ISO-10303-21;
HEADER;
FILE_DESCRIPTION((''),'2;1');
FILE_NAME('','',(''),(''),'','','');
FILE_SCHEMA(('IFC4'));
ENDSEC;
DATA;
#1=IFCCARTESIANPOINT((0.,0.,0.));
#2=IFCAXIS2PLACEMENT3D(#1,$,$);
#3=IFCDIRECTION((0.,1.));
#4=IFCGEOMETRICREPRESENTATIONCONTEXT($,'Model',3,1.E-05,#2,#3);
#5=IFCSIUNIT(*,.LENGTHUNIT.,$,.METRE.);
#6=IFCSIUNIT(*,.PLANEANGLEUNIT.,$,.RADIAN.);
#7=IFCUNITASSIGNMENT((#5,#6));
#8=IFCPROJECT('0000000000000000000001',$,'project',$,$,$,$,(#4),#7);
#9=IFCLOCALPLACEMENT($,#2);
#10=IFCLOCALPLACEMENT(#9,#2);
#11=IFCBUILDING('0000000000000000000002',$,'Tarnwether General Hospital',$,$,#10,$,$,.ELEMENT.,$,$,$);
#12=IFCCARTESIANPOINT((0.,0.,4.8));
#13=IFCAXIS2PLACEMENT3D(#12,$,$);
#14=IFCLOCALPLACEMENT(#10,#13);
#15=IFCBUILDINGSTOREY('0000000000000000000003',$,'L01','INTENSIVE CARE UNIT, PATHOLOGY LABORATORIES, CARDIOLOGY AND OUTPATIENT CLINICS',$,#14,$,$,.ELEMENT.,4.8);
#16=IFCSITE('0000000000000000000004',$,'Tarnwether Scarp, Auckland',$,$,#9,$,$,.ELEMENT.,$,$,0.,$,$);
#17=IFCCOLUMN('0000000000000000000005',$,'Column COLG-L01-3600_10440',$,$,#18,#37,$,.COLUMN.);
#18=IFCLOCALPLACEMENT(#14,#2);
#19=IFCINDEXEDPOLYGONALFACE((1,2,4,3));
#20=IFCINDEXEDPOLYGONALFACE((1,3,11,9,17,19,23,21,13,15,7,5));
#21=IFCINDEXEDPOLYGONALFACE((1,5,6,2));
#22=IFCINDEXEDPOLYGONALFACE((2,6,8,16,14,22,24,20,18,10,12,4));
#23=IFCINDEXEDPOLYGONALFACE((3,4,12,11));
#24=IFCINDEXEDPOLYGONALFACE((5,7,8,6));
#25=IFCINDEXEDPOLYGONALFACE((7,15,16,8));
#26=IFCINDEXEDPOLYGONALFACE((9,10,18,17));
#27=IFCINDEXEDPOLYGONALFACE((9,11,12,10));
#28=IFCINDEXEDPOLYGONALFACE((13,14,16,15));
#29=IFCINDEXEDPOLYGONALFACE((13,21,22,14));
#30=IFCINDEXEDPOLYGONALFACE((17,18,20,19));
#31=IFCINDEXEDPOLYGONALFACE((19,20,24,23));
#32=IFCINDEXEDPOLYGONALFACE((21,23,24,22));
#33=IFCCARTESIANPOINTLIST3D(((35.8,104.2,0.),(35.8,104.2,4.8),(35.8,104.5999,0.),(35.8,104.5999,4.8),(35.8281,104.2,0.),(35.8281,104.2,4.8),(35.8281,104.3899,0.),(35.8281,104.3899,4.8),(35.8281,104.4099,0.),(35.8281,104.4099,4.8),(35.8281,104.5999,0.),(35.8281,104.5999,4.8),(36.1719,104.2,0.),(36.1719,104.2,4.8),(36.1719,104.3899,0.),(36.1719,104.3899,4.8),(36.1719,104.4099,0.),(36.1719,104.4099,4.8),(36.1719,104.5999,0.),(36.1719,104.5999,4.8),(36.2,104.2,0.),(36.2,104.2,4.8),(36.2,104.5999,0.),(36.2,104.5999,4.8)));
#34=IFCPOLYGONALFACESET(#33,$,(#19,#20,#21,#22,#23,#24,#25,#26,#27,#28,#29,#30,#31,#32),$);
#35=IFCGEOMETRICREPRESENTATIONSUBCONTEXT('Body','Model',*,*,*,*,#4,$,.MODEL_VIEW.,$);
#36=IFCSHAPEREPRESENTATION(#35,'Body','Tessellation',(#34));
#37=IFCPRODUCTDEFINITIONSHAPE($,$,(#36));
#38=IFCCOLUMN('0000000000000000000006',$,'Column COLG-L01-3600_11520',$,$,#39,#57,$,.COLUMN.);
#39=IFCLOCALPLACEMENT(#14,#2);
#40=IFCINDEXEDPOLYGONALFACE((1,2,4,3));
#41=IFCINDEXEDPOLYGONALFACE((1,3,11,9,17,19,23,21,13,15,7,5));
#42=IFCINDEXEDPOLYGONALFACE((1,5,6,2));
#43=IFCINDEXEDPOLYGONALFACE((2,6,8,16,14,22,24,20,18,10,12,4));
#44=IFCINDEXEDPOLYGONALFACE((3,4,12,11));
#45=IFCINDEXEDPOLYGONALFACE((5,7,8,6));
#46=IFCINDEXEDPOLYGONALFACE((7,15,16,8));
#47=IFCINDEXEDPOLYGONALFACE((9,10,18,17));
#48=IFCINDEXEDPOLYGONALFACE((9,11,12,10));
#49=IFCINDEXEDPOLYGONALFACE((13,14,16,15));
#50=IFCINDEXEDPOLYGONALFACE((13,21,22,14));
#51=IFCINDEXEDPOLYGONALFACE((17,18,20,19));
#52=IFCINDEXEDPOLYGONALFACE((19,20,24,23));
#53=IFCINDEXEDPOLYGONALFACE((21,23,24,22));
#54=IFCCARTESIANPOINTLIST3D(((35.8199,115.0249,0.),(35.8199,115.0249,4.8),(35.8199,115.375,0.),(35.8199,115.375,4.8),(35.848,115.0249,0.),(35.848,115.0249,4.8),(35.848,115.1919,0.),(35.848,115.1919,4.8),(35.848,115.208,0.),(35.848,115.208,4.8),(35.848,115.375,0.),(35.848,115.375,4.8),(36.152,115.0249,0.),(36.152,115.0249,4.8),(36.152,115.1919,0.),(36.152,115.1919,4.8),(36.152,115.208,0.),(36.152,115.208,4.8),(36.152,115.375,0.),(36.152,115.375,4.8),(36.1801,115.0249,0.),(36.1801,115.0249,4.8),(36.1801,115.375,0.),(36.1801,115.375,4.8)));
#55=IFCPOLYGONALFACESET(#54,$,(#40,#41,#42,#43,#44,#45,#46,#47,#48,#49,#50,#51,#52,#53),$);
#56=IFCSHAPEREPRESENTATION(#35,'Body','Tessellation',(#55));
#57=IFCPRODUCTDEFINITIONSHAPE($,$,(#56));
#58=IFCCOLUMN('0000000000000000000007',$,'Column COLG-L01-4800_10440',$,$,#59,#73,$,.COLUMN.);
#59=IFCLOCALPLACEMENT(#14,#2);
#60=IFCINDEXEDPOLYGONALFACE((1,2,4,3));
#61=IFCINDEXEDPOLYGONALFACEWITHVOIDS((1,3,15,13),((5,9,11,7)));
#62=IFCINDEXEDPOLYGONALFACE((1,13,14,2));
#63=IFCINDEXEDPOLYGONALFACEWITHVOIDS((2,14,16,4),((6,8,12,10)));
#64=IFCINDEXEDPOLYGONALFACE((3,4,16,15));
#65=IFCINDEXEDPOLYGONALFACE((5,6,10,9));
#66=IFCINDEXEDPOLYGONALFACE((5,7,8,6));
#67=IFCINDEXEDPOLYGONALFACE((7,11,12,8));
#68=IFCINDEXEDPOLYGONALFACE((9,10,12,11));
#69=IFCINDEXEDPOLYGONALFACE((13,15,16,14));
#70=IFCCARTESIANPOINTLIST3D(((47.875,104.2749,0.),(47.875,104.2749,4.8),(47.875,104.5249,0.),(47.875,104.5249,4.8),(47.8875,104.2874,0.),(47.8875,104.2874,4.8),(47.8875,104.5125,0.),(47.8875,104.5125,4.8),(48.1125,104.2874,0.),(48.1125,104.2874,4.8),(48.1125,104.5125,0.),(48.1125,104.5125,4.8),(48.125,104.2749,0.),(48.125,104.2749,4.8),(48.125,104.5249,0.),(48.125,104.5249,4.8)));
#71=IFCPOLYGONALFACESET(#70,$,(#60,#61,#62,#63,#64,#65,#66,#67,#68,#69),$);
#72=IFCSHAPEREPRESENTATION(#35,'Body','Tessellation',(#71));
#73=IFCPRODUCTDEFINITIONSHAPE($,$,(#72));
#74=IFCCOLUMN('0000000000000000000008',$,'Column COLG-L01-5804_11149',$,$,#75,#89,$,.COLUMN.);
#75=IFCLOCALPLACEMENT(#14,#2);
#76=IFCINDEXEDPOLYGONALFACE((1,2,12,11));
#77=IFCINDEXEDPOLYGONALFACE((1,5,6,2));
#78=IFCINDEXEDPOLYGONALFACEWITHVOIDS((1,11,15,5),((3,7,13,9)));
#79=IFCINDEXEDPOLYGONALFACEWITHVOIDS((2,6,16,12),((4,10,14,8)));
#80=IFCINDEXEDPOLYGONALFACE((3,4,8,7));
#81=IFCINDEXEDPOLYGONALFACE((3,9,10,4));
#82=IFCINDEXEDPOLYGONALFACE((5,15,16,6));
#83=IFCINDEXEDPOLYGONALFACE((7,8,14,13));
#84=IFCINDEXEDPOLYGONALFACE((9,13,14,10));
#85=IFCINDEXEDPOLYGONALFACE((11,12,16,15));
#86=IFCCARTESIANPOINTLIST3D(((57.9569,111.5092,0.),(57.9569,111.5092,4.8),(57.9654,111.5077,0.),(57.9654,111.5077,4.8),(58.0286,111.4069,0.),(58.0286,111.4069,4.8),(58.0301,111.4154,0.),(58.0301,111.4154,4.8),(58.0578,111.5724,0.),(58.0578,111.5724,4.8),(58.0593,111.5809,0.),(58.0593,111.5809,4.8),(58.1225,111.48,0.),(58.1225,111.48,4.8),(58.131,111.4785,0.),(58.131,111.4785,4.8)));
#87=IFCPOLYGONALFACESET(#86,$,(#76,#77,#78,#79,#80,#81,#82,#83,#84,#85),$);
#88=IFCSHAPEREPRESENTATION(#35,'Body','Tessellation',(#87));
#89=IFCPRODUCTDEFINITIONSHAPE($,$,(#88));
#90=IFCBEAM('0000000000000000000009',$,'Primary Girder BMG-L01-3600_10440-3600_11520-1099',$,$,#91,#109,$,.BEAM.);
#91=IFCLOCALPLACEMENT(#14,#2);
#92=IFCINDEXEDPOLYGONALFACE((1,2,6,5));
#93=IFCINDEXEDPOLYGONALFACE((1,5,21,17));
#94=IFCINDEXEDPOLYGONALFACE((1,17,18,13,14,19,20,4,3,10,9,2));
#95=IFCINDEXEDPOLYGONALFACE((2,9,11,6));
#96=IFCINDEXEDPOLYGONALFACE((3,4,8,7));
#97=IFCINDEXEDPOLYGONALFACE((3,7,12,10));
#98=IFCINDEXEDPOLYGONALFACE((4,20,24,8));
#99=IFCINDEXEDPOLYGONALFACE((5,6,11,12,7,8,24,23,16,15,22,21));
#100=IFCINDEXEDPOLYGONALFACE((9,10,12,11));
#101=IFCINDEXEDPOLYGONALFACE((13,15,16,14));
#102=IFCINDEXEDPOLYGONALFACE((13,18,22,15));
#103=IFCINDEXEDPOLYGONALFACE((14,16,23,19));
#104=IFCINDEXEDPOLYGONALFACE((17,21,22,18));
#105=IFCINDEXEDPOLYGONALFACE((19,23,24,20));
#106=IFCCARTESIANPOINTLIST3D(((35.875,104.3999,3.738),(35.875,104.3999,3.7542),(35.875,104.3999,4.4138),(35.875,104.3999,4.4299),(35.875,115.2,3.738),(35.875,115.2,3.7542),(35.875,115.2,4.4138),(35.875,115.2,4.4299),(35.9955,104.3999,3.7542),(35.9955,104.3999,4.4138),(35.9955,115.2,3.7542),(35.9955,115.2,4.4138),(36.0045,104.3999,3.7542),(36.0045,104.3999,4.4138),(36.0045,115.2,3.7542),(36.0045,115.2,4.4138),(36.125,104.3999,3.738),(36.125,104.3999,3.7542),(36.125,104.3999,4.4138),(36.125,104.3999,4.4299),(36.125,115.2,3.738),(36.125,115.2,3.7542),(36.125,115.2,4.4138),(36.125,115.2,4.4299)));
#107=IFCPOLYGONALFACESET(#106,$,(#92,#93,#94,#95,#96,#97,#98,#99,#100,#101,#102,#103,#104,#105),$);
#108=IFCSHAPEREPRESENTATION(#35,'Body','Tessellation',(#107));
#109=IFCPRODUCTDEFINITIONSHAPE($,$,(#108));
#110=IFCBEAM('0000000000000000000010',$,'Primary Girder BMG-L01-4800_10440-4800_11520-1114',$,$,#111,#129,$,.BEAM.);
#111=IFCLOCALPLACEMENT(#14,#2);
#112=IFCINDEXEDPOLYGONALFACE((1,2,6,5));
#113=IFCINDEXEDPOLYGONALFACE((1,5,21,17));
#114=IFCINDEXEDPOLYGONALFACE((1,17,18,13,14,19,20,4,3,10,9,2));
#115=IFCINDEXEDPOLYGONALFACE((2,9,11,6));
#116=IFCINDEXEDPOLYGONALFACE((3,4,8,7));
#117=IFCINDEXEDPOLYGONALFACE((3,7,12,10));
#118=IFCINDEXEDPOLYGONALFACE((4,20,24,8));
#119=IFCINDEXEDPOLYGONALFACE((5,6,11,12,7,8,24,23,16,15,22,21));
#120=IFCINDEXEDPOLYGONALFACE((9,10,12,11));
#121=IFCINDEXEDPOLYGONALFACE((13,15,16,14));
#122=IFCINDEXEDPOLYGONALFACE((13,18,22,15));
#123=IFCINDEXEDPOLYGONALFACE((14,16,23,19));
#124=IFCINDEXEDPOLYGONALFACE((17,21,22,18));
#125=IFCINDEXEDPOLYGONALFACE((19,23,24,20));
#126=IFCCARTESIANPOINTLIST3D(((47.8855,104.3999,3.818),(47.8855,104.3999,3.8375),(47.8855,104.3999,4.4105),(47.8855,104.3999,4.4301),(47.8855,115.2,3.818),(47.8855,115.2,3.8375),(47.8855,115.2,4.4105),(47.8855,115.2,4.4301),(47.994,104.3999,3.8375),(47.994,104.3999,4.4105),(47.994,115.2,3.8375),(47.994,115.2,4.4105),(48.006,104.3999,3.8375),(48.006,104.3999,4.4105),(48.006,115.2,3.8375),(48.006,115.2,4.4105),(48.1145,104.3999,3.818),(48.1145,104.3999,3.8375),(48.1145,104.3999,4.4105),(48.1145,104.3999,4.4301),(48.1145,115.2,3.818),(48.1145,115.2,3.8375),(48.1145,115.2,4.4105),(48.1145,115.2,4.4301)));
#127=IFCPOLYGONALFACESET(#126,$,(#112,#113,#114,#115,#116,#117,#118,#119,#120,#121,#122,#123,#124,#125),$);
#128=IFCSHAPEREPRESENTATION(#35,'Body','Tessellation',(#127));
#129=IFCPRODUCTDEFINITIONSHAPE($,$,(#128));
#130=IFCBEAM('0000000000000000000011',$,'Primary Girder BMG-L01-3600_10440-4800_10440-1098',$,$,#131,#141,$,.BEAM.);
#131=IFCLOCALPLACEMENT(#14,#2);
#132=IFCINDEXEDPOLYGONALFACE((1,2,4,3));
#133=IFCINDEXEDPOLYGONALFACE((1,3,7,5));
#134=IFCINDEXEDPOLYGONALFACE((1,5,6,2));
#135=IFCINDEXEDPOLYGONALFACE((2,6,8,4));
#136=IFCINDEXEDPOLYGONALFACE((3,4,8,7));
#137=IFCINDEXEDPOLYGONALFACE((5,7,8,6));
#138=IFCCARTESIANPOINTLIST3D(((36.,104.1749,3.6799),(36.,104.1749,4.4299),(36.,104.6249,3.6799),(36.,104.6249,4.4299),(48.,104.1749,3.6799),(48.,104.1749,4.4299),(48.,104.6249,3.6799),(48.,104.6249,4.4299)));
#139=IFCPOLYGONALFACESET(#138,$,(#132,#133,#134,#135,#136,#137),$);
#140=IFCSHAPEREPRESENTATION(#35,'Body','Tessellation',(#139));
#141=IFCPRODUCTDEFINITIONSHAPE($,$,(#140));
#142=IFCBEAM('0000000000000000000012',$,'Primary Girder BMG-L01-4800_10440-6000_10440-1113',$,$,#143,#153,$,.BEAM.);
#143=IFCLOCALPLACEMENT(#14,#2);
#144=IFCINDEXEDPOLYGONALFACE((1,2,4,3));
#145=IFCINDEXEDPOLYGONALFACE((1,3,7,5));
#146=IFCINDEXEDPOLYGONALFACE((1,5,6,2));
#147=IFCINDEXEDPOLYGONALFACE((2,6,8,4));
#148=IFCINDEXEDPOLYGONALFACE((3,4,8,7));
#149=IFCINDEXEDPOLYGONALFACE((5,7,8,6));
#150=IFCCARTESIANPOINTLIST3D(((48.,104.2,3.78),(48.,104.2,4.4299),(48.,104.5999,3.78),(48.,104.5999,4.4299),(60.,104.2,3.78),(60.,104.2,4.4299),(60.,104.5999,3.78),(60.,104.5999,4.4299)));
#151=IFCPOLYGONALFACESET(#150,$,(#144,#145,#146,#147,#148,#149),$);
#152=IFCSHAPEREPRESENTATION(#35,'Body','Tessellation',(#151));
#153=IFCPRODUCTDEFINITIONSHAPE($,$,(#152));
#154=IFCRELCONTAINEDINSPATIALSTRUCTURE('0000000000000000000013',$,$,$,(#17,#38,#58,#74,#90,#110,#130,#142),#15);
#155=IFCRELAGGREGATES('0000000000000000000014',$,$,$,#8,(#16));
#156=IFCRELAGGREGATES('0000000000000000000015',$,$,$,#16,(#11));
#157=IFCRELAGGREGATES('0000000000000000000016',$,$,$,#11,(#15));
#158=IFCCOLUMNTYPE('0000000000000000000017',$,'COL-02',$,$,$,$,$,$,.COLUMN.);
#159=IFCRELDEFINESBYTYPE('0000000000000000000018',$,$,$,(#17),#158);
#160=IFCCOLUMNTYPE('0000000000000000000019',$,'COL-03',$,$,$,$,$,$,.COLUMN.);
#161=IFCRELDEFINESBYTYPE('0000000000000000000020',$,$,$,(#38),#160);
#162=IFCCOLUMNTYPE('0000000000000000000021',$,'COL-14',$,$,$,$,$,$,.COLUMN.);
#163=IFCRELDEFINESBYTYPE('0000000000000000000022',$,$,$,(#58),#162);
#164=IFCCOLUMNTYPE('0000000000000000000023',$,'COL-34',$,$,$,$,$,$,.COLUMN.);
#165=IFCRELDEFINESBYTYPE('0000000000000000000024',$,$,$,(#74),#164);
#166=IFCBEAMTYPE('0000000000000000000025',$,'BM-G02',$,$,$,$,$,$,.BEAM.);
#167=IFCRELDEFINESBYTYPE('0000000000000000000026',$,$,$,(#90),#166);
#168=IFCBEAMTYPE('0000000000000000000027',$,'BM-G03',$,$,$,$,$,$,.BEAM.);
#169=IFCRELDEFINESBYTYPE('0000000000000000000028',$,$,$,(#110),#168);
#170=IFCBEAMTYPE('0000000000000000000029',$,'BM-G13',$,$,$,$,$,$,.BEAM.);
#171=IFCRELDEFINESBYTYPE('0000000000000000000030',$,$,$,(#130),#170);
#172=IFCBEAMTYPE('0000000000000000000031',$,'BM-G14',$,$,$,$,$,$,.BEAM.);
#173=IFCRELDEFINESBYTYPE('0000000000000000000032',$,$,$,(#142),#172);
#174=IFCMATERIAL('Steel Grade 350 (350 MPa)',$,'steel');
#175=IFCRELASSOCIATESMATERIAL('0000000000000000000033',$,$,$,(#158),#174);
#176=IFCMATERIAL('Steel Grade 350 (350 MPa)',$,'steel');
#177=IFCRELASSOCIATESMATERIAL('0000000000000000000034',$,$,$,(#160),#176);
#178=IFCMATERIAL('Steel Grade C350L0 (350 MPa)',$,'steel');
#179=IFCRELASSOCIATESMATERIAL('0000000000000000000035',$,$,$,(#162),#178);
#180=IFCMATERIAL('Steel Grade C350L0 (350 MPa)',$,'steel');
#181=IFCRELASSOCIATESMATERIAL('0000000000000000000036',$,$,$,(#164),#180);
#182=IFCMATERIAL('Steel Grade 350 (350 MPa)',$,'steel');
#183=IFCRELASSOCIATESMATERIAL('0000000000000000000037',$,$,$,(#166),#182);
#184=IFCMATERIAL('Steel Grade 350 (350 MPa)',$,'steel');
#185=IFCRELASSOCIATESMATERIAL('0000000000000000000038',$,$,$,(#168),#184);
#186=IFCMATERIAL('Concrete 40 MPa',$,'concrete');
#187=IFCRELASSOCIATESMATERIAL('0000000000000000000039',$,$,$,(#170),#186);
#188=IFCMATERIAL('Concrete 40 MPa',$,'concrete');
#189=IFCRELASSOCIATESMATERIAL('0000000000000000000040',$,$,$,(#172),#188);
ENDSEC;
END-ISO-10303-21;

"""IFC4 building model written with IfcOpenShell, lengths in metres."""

from ifc_helpers import new_model, si_unit, direction, frame, origin, origin_2d, place, context, subcontext, project, spatial, rectangle, hollow_rectangle, i_section, extrude, material, material_profile, profile_set, type_object, element, save


model = new_model("IFC4")

# Units and contexts
model_context = context("Model", 3, precision=1e-05, world=origin(), true_north=direction((0.0, 1.0)))
body_context = subcontext(model_context, "Body", "Model", "MODEL_VIEW")
ifc_project = project(units=[si_unit("LENGTHUNIT", "METRE"), si_unit("PLANEANGLEUNIT", "RADIAN")], contexts=[model_context])

# Site, building, storey
site_placement = place(None, origin())
site = spatial("IfcSite", under=ifc_project, at=site_placement, Name="Tarnwether Scarp, Auckland", CompositionType="ELEMENT", RefElevation=0.0)
building_placement = place(site_placement, origin())
building = spatial("IfcBuilding", under=site, at=building_placement, Name="Tarnwether General Hospital", CompositionType="ELEMENT")
storey_placement = place(building_placement, frame((0.0, 0.0, 4.8)))
storey = spatial("IfcBuildingStorey", under=building, at=storey_placement, Name="L01", Description="INTENSIVE CARE UNIT, PATHOLOGY LABORATORIES, CARDIOLOGY AND OUTPATIENT CLINICS", CompositionType="ELEMENT", Elevation=4.8)

# Columns
ifc_material_1 = material(Name="Steel Grade 350 (350 MPa)", Category="steel")
ifc_material_profile_1 = material_profile(ifc_material_1, i_section(OverallWidth=0.3999, OverallDepth=0.3999, WebThickness=0.02, FlangeThickness=0.0281, at=origin_2d()), Name="400WC270")
ifc_profile_set_1 = profile_set([ifc_material_profile_1], Name="Steel Grade 350 (350 MPa)")
column_type_1 = type_object("IfcColumnType", Name="COL-02", PredefinedType="COLUMN", material=ifc_profile_set_1)
column_1_placement = place(storey_placement, frame((36.0, 104.3999, 0.0), z_axis=(0.0, 0.0, 1.0), x_axis=(0.0, 1.0, 0.0)))
element("IfcColumn", 1, at=column_1_placement, inside=storey, type_object=column_type_1, Name="Column COLG-L01-3600_10440", PredefinedType="COLUMN", context=body_context, shape_type="SweptSolid", body=[
    extrude(i_section(OverallWidth=0.3999, OverallDepth=0.3999, WebThickness=0.02, FlangeThickness=0.0281, at=origin_2d()), origin(), (0.0, 0.0, 1.0), 4.8),
])
ifc_material_2 = material(Name="Steel Grade 350 (350 MPa)", Category="steel")
ifc_material_profile_2 = material_profile(ifc_material_2, i_section(OverallWidth=0.3501, OverallDepth=0.3601, WebThickness=0.0161, FlangeThickness=0.0281, at=origin_2d()), Name="350WC230")
ifc_profile_set_2 = profile_set([ifc_material_profile_2], Name="Steel Grade 350 (350 MPa)")
column_type_2 = type_object("IfcColumnType", Name="COL-03", PredefinedType="COLUMN", material=ifc_profile_set_2)
column_2_placement = place(storey_placement, frame((36.0, 115.2, 0.0), z_axis=(0.0, 0.0, 1.0), x_axis=(0.0, 1.0, 0.0)))
element("IfcColumn", 2, at=column_2_placement, inside=storey, type_object=column_type_2, Name="Column COLG-L01-3600_11520", PredefinedType="COLUMN", context=body_context, shape_type="SweptSolid", body=[
    extrude(i_section(OverallWidth=0.3501, OverallDepth=0.3601, WebThickness=0.0161, FlangeThickness=0.0281, at=origin_2d()), origin(), (0.0, 0.0, 1.0), 4.8),
])
ifc_material_3 = material(Name="Steel Grade C350L0 (350 MPa)", Category="steel")
ifc_material_profile_3 = material_profile(ifc_material_3, hollow_rectangle(XDim=0.25, YDim=0.25, WallThickness=0.0125, at=origin_2d()), Name="SHS250x250x12.5")
ifc_profile_set_3 = profile_set([ifc_material_profile_3], Name="Steel Grade C350L0 (350 MPa)")
column_type_3 = type_object("IfcColumnType", Name="COL-14", PredefinedType="COLUMN", material=ifc_profile_set_3)
column_3_placement = place(storey_placement, frame((48.0, 104.3999, 0.0), z_axis=(0.0, 0.0, 1.0), x_axis=(1.0, 0.0, 0.0)))
element("IfcColumn", 3, at=column_3_placement, inside=storey, type_object=column_type_3, Name="Column COLG-L01-4800_10440", PredefinedType="COLUMN", context=body_context, shape_type="SweptSolid", body=[
    extrude(hollow_rectangle(XDim=0.25, YDim=0.25, WallThickness=0.0125, at=origin_2d()), origin(), (0.0, 0.0, 1.0), 4.8),
])
ifc_material_4 = material(Name="Steel Grade C350L0 (350 MPa)", Category="steel")
ifc_material_profile_4 = material_profile(ifc_material_4, hollow_rectangle(XDim=0.125, YDim=0.125, WallThickness=0.0061, at=origin_2d()), Name="SHS125x125x6")
ifc_profile_set_4 = profile_set([ifc_material_profile_4], Name="Steel Grade C350L0 (350 MPa)")
column_type_4 = type_object("IfcColumnType", Name="COL-34", PredefinedType="COLUMN", material=ifc_profile_set_4)
column_4_placement = place(storey_placement, frame((58.0439, 111.4939, 0.0), z_axis=(0.0, 0.0, 1.0), x_axis=(-0.573576, 0.819152, 0.0)))
element("IfcColumn", 4, at=column_4_placement, inside=storey, type_object=column_type_4, Name="Column COLG-L01-5804_11149", PredefinedType="COLUMN", context=body_context, shape_type="SweptSolid", body=[
    extrude(hollow_rectangle(XDim=0.125, YDim=0.125, WallThickness=0.0061, at=origin_2d()), origin(), (0.0, 0.0, 1.0), 4.8),
])

# Beams
ifc_material_5 = material(Name="Steel Grade 350 (350 MPa)", Category="steel")
ifc_material_profile_5 = material_profile(ifc_material_5, i_section(OverallWidth=0.25, OverallDepth=0.6919, WebThickness=0.009, FlangeThickness=0.0161, at=origin_2d()), Name="700WB115")
ifc_profile_set_5 = profile_set([ifc_material_profile_5], Name="Steel Grade 350 (350 MPa)")
beam_type_1 = type_object("IfcBeamType", Name="BM-G02", PredefinedType="BEAM", material=ifc_profile_set_5)
beam_1_placement = place(storey_placement, frame((36.0, 104.3999, 4.084), z_axis=(0.0, 1.0, 0.0), x_axis=(-1.0, 0.0, 0.0)))
element("IfcBeam", 5, at=beam_1_placement, inside=storey, type_object=beam_type_1, Name="Primary Girder BMG-L01-3600_10440-3600_11520-1099", PredefinedType="BEAM", context=body_context, shape_type="SweptSolid", body=[
    extrude(i_section(OverallWidth=0.25, OverallDepth=0.6919, WebThickness=0.009, FlangeThickness=0.0161, at=origin_2d()), origin(), (0.0, 0.0, 1.0), 10.8),
])
ifc_material_6 = material(Name="Steel Grade 350 (350 MPa)", Category="steel")
ifc_material_profile_6 = material_profile(ifc_material_6, i_section(OverallWidth=0.229, OverallDepth=0.6121, WebThickness=0.012, FlangeThickness=0.0195, at=origin_2d()), Name="610UB125")
ifc_profile_set_6 = profile_set([ifc_material_profile_6], Name="Steel Grade 350 (350 MPa)")
beam_type_2 = type_object("IfcBeamType", Name="BM-G03", PredefinedType="BEAM", material=ifc_profile_set_6)
beam_2_placement = place(storey_placement, frame((48.0, 104.3999, 4.124), z_axis=(0.0, 1.0, 0.0), x_axis=(-1.0, 0.0, 0.0)))
element("IfcBeam", 6, at=beam_2_placement, inside=storey, type_object=beam_type_2, Name="Primary Girder BMG-L01-4800_10440-4800_11520-1114", PredefinedType="BEAM", context=body_context, shape_type="SweptSolid", body=[
    extrude(i_section(OverallWidth=0.229, OverallDepth=0.6121, WebThickness=0.012, FlangeThickness=0.0195, at=origin_2d()), origin(), (0.0, 0.0, 1.0), 10.8),
])
ifc_material_7 = material(Name="Concrete 40 MPa", Category="concrete")
ifc_material_profile_7 = material_profile(ifc_material_7, rectangle(XDim=0.45, YDim=0.75, at=origin_2d()), Name="RC-BM-450x750")
ifc_profile_set_7 = profile_set([ifc_material_profile_7], Name="Concrete 40 MPa")
beam_type_3 = type_object("IfcBeamType", Name="BM-G13", PredefinedType="BEAM", material=ifc_profile_set_7)
beam_3_placement = place(storey_placement, frame((36.0, 104.3999, 4.0549), z_axis=(1.0, 0.0, 0.0), x_axis=(0.0, 1.0, 0.0)))
element("IfcBeam", 7, at=beam_3_placement, inside=storey, type_object=beam_type_3, Name="Primary Girder BMG-L01-3600_10440-4800_10440-1098", PredefinedType="BEAM", context=body_context, shape_type="SweptSolid", body=[
    extrude(rectangle(XDim=0.45, YDim=0.75, at=origin_2d()), origin(), (0.0, 0.0, 1.0), 12.0),
])
ifc_material_8 = material(Name="Concrete 40 MPa", Category="concrete")
ifc_material_profile_8 = material_profile(ifc_material_8, rectangle(XDim=0.3999, YDim=0.6499, at=origin_2d()), Name="RC-BM-400x650")
ifc_profile_set_8 = profile_set([ifc_material_profile_8], Name="Concrete 40 MPa")
beam_type_4 = type_object("IfcBeamType", Name="BM-G14", PredefinedType="BEAM", material=ifc_profile_set_8)
beam_4_placement = place(storey_placement, frame((48.0, 104.3999, 4.105), z_axis=(1.0, 0.0, 0.0), x_axis=(0.0, 1.0, 0.0)))
element("IfcBeam", 8, at=beam_4_placement, inside=storey, type_object=beam_type_4, Name="Primary Girder BMG-L01-4800_10440-6000_10440-1113", PredefinedType="BEAM", context=body_context, shape_type="SweptSolid", body=[
    extrude(rectangle(XDim=0.3999, YDim=0.6499, at=origin_2d()), origin(), (0.0, 0.0, 1.0), 12.0),
])

save(model, "model.ifc")
